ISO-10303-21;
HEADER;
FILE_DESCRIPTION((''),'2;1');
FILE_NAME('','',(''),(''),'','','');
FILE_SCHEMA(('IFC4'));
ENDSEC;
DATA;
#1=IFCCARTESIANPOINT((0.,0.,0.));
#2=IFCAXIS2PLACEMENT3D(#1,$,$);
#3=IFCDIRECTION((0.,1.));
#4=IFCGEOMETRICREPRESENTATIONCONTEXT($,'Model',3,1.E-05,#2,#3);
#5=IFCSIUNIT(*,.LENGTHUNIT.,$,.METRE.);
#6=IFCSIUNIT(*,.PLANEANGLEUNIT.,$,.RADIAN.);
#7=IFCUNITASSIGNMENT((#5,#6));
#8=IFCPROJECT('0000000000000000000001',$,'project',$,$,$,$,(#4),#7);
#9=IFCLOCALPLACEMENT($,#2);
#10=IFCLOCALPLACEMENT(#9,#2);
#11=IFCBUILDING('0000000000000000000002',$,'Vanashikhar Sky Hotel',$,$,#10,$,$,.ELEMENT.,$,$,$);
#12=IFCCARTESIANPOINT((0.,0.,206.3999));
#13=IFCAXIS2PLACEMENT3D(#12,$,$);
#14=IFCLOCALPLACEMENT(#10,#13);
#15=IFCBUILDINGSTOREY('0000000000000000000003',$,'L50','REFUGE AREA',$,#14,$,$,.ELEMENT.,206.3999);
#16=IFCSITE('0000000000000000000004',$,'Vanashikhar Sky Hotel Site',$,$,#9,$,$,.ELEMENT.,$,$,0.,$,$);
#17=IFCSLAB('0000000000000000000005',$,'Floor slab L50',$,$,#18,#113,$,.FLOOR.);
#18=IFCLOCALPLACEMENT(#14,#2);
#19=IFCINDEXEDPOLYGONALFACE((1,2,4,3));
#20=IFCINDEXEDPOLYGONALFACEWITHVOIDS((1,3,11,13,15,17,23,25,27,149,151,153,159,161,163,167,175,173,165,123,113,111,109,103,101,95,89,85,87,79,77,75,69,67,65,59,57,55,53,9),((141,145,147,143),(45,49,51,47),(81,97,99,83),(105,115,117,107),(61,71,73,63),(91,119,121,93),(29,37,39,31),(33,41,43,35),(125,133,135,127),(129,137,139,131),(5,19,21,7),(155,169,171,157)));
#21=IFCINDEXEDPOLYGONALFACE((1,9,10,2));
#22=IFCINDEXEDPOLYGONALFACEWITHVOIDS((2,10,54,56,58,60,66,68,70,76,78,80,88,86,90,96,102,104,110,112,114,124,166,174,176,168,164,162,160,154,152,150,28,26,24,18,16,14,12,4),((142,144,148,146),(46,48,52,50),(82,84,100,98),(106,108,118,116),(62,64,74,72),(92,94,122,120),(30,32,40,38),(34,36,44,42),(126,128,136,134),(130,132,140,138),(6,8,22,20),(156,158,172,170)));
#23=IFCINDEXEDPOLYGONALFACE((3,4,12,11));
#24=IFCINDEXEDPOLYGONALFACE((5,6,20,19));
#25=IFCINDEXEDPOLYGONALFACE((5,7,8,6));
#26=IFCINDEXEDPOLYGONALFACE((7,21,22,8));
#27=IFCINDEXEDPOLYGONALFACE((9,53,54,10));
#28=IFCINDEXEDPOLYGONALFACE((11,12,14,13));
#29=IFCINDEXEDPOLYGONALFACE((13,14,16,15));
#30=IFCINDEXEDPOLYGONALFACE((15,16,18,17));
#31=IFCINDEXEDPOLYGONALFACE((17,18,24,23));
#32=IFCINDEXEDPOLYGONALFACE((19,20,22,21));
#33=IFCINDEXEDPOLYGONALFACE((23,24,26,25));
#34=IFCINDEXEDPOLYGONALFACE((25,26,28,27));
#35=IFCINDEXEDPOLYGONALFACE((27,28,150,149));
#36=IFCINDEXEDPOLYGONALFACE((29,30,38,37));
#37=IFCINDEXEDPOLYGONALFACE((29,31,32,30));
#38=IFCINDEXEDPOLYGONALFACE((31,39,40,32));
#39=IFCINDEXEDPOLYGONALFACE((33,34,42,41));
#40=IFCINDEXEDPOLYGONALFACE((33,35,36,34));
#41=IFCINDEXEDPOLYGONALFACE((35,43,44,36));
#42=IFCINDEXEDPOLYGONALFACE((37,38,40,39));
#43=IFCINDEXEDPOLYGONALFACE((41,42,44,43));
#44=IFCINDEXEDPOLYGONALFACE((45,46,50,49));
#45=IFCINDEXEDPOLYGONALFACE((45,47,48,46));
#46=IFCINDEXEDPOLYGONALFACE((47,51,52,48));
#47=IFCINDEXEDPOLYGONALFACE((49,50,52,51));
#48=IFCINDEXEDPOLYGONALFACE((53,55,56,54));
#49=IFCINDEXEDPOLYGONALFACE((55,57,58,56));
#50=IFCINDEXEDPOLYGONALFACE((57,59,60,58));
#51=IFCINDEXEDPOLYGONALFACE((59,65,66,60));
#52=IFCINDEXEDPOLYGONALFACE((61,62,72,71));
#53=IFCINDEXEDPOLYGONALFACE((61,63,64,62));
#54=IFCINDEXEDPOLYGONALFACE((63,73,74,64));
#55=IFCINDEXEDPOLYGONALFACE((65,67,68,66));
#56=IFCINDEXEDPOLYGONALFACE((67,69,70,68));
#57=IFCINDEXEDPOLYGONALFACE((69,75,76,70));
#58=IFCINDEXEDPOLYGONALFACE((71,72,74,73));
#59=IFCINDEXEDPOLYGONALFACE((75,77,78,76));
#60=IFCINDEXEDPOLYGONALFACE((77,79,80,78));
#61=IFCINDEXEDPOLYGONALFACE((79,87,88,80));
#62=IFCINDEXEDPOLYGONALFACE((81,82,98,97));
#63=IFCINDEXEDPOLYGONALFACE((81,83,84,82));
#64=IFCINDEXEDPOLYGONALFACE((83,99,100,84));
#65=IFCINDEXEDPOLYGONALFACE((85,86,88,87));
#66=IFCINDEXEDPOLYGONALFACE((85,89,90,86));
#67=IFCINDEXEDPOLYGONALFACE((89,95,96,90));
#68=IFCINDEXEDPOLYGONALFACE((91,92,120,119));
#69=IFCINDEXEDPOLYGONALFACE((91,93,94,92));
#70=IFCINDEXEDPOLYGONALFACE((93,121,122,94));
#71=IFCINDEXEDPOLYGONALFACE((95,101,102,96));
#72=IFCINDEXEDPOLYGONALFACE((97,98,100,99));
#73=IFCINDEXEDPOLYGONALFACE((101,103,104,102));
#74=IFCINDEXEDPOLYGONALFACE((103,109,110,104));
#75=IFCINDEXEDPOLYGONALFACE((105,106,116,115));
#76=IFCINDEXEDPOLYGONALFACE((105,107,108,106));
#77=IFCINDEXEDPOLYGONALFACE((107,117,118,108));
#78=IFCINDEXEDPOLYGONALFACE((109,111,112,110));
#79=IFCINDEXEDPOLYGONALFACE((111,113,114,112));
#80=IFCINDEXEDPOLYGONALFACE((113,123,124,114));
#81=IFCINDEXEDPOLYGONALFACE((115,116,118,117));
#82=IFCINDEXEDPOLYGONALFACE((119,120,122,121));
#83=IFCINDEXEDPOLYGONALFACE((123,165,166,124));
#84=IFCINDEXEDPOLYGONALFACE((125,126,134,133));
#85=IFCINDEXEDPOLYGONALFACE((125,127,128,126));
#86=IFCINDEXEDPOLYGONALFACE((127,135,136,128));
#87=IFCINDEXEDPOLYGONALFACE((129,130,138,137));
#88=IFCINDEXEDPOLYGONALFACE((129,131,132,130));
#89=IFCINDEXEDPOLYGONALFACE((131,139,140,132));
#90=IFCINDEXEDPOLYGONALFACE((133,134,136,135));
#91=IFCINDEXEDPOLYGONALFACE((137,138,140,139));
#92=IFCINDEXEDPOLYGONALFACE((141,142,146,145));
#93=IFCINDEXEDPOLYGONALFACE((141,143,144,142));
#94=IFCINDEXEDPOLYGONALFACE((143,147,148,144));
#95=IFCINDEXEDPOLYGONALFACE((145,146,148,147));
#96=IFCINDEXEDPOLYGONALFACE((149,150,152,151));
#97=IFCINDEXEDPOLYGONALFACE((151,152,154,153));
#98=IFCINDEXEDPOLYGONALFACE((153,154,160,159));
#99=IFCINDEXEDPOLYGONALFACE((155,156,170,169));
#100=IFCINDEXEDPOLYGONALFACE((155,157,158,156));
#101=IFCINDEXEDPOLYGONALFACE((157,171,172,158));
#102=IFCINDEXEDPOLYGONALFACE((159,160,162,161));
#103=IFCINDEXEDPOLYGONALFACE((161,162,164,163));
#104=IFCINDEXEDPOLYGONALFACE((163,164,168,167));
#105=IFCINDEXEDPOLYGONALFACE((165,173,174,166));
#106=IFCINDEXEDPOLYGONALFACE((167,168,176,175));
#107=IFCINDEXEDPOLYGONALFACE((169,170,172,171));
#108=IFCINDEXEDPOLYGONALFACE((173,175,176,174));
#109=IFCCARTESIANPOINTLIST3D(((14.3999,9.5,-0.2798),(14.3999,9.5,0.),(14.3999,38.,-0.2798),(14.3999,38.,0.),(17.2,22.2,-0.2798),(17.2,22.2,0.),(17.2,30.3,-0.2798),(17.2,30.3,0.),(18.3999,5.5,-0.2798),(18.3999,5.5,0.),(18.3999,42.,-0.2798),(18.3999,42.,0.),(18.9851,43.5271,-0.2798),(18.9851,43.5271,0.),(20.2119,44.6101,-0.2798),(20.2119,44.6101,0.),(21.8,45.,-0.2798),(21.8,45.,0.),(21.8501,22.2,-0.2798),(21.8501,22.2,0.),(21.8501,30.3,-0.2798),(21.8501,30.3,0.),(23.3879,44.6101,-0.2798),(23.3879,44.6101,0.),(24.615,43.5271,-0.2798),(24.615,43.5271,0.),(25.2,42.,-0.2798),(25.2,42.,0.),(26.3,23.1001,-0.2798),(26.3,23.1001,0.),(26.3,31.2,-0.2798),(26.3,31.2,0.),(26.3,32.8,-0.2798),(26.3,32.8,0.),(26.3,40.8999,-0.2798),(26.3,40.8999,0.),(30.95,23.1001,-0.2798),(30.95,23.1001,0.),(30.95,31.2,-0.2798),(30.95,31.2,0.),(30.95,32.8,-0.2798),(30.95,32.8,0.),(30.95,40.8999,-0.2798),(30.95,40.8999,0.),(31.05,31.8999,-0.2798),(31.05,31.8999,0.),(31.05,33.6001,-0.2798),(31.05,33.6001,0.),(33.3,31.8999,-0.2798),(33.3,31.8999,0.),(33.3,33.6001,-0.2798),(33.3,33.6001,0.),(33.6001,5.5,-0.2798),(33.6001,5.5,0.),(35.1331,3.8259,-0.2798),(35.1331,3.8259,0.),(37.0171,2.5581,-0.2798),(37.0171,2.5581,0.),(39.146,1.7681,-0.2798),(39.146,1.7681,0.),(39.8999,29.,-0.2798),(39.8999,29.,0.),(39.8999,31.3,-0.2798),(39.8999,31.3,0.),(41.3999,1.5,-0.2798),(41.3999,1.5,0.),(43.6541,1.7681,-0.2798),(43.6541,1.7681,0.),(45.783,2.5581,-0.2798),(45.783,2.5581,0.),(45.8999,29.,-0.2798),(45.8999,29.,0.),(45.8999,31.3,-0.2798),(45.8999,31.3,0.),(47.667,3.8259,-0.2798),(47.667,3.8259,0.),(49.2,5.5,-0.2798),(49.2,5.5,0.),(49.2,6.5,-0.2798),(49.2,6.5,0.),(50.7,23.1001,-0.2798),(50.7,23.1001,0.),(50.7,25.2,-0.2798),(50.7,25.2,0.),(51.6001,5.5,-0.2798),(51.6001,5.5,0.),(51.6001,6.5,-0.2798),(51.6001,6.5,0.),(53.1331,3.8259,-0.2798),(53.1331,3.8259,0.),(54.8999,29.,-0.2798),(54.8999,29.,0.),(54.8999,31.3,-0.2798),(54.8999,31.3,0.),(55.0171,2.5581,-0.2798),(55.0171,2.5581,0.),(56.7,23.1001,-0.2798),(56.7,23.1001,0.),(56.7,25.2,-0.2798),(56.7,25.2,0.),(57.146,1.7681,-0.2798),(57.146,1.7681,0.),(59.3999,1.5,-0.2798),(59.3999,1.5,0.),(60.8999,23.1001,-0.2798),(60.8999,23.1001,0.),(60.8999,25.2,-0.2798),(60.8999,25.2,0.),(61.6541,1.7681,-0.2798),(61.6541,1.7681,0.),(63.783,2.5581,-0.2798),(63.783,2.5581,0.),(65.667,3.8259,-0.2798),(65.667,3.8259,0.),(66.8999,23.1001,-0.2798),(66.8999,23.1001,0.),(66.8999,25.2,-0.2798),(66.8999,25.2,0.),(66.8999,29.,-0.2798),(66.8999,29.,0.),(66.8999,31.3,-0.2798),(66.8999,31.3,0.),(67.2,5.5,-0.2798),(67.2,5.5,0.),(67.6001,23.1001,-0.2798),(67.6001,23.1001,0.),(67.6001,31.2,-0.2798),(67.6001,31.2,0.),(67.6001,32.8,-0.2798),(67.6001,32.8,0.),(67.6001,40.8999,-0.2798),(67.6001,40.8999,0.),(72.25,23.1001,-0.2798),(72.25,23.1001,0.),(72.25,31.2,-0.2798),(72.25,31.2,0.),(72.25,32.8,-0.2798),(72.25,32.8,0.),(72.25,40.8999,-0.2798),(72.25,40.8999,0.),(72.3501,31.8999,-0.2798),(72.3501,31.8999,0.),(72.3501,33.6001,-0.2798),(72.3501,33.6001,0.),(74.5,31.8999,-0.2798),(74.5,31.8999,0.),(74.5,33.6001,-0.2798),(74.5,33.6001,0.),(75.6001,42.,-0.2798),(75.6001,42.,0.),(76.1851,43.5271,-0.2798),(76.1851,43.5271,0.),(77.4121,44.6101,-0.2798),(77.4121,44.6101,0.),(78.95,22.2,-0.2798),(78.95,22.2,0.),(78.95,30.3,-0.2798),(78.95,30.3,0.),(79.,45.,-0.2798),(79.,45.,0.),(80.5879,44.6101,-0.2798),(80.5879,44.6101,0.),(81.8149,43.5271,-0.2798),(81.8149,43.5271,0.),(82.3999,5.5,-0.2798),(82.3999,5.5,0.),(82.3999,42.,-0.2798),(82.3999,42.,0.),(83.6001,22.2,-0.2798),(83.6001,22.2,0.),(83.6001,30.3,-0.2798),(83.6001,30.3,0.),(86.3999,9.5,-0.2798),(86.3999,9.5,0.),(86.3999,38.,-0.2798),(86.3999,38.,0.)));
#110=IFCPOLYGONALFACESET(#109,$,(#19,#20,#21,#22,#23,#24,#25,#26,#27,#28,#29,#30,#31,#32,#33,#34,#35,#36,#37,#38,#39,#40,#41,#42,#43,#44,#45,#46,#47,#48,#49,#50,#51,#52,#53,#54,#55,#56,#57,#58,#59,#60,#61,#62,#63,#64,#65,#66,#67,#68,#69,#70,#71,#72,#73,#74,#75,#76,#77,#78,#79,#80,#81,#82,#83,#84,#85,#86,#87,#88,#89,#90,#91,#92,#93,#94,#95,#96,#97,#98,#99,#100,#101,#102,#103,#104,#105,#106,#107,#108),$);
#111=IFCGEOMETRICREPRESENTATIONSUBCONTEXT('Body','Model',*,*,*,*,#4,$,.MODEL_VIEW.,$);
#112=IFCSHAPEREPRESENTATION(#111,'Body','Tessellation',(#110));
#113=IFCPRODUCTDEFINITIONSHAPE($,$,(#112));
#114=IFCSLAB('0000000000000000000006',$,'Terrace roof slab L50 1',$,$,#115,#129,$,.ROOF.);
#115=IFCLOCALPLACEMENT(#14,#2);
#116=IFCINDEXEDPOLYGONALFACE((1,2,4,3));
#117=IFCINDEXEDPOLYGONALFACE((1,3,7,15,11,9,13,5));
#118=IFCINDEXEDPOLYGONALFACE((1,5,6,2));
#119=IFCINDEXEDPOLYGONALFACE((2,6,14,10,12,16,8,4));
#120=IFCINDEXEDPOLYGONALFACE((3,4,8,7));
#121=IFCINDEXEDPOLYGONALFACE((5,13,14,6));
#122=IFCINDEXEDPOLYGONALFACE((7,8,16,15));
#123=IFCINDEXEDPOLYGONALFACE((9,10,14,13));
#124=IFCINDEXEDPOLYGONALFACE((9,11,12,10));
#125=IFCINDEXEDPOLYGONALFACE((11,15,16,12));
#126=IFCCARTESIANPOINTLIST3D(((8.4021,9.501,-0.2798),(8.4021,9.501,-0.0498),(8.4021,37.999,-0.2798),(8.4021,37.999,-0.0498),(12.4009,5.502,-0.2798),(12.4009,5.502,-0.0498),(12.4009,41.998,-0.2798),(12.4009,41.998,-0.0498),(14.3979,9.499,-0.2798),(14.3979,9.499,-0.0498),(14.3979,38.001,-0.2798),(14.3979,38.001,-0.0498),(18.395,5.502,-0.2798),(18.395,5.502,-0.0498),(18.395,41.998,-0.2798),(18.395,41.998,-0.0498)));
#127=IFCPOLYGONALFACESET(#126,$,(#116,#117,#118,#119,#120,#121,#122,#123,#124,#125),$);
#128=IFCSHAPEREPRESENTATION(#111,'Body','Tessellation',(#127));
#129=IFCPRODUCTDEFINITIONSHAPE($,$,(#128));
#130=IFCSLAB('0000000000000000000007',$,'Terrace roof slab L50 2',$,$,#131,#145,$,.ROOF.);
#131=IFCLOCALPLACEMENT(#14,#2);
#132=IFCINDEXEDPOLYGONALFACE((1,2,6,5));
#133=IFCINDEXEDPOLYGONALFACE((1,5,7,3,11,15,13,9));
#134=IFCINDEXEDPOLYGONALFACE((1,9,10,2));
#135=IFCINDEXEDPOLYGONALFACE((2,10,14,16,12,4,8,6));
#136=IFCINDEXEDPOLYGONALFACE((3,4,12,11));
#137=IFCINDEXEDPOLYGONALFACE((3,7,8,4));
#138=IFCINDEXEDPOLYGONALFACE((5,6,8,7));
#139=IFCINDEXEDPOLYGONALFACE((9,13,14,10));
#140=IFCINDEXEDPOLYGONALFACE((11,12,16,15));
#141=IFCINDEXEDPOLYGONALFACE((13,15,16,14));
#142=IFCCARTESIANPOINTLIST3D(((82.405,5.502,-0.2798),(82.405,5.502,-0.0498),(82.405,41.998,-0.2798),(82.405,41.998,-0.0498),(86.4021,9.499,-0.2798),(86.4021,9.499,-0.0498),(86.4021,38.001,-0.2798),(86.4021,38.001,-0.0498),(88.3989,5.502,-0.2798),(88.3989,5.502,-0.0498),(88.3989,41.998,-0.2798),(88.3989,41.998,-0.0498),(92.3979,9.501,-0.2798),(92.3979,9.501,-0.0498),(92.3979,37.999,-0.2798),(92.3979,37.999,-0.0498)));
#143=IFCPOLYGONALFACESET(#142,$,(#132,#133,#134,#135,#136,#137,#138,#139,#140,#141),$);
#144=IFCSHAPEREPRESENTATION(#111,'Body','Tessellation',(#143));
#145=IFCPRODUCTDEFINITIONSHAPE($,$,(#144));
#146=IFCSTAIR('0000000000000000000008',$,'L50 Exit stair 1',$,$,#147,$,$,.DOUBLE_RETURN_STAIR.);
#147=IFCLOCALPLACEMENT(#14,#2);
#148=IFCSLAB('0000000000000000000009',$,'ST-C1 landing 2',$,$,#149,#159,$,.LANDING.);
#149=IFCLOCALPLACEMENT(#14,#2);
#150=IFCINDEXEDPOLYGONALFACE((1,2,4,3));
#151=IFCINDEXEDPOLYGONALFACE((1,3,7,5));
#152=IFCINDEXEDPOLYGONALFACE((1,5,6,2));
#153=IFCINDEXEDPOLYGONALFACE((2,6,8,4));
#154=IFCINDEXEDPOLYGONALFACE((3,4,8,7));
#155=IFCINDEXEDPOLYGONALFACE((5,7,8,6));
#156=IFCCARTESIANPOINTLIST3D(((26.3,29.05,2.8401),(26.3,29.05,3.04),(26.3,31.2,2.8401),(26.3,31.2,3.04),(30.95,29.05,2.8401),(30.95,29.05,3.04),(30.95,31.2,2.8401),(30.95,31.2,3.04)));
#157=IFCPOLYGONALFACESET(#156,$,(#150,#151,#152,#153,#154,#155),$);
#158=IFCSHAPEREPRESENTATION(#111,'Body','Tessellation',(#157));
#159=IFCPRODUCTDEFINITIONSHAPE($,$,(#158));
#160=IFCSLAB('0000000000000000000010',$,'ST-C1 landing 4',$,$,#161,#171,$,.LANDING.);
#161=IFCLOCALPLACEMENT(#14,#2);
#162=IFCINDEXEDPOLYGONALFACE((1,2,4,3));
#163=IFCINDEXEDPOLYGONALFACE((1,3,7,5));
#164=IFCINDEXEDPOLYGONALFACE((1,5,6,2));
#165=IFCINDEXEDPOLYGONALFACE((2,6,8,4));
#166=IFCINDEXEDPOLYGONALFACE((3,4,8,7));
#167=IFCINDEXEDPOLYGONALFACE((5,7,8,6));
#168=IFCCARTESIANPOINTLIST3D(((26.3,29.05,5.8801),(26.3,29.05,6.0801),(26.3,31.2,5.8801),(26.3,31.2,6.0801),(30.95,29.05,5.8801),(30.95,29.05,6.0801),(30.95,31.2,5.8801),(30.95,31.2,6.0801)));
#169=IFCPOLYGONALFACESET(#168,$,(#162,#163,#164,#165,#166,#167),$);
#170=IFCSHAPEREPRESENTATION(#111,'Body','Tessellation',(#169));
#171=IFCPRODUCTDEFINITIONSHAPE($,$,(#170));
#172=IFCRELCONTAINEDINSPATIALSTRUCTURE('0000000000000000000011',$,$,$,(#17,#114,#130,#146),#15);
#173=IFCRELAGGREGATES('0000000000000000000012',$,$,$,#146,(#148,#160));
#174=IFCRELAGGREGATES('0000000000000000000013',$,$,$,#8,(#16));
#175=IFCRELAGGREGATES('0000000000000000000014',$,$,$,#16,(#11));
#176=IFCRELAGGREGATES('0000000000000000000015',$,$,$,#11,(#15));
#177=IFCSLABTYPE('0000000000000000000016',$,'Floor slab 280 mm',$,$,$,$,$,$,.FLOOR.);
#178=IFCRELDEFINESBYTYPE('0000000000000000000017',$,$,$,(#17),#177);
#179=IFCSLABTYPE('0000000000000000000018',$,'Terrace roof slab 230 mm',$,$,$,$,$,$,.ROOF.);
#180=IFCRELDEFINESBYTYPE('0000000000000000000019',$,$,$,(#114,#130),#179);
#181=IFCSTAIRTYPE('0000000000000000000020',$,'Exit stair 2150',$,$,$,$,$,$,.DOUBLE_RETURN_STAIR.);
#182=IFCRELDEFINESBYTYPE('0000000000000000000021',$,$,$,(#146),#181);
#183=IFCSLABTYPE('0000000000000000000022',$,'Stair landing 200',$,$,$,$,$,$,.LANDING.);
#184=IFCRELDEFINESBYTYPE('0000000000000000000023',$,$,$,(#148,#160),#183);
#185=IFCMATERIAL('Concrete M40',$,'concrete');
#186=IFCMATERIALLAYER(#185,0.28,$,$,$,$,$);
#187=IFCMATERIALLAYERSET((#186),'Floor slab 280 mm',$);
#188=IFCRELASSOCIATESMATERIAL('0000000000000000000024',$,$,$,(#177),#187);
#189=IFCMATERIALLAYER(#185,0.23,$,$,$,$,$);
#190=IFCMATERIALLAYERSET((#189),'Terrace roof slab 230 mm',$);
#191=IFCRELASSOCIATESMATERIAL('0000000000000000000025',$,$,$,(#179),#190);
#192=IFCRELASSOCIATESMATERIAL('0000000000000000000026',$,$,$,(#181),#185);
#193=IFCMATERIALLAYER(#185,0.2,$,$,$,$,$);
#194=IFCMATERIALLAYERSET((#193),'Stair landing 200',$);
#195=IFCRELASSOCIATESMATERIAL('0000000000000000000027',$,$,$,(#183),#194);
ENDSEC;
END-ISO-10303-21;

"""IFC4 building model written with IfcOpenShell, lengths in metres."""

from ifc_helpers import new_model, si_unit, direction, frame, origin, place, context, subcontext, project, spatial, polyline, outline, extrude, source, transform, mapped, material, layer, layer_set, type_object, element, aggregate, save


model = new_model("IFC4")

# Units and contexts
model_context = context("Model", 3, precision=1e-05, world=origin(), true_north=direction((0.0, 1.0)))
body_context = subcontext(model_context, "Body", "Model", "MODEL_VIEW")
ifc_project = project(units=[si_unit("LENGTHUNIT", "METRE"), si_unit("PLANEANGLEUNIT", "RADIAN")], contexts=[model_context])

# Site, building, storey
site_placement = place(None, origin())
site = spatial("IfcSite", under=ifc_project, at=site_placement, Name="Vanashikhar Sky Hotel Site", CompositionType="ELEMENT", RefElevation=0.0)
building_placement = place(site_placement, origin())
building = spatial("IfcBuilding", under=site, at=building_placement, Name="Vanashikhar Sky Hotel", CompositionType="ELEMENT")
storey_placement = place(building_placement, frame((0.0, 0.0, 206.3999)))
storey = spatial("IfcBuildingStorey", under=building, at=storey_placement, Name="L50", Description="REFUGE AREA", CompositionType="ELEMENT", Elevation=206.3999)

# Slabs
ifc_material_1 = material(Name="Concrete M40", Category="concrete")
ifc_layer_1 = layer(ifc_material_1, 0.28)
ifc_layer_set_1 = layer_set([ifc_layer_1], Name="Floor slab 280 mm")
slab_type_1 = type_object("IfcSlabType", Name="Floor slab 280 mm", PredefinedType="FLOOR", material=ifc_layer_set_1)
shared_shape_1 = source(origin(), body_context, "Body", "SweptSolid", [
    extrude(outline(polyline([(49.2, 5.5), (49.2, 6.5), (51.6001, 6.5), (51.6001, 5.5), (53.1331, 3.8259), (55.0171, 2.5581), (57.146, 1.7681), (59.3999, 1.5), (61.6541, 1.7681), (63.783, 2.5581), (65.667, 3.8259), (67.2, 5.5), (82.3999, 5.5), (86.3999, 9.5), (86.3999, 38.0), (82.3999, 42.0), (81.8149, 43.5271), (80.5879, 44.6101), (79.0, 45.0), (77.4121, 44.6101), (76.1851, 43.5271), (75.6001, 42.0), (25.2, 42.0), (24.615, 43.5271), (23.3879, 44.6101), (21.8, 45.0), (20.2119, 44.6101), (18.9851, 43.5271), (18.3999, 42.0), (14.3999, 38.0), (14.3999, 9.5), (18.3999, 5.5), (33.6001, 5.5), (35.1331, 3.8259), (37.0171, 2.5581), (39.146, 1.7681), (41.3999, 1.5), (43.6541, 1.7681), (45.783, 2.5581), (47.667, 3.8259), (49.2, 5.5)]), holes=[polyline([(33.3, 33.6001), (31.05, 33.6001), (31.05, 31.8999), (33.3, 31.8999), (33.3, 33.6001)]), polyline([(39.8999, 31.3), (39.8999, 29.0), (45.8999, 29.0), (45.8999, 31.3), (39.8999, 31.3)]), polyline([(50.7, 25.2), (50.7, 23.1001), (56.7, 23.1001), (56.7, 25.2), (50.7, 25.2)]), polyline([(66.8999, 29.0), (66.8999, 31.3), (54.8999, 31.3), (54.8999, 29.0), (66.8999, 29.0)]), polyline([(60.8999, 25.2), (60.8999, 23.1001), (66.8999, 23.1001), (66.8999, 25.2), (60.8999, 25.2)]), polyline([(74.5, 33.6001), (72.3501, 33.6001), (72.3501, 31.8999), (74.5, 31.8999), (74.5, 33.6001)]), polyline([(30.95, 23.1001), (30.95, 31.2), (26.3, 31.2), (26.3, 23.1001), (30.95, 23.1001)]), polyline([(72.25, 23.1001), (72.25, 31.2), (67.6001, 31.2), (67.6001, 23.1001), (72.25, 23.1001)]), polyline([(30.95, 32.8), (30.95, 40.8999), (26.3, 40.8999), (26.3, 32.8), (30.95, 32.8)]), polyline([(72.25, 32.8), (72.25, 40.8999), (67.6001, 40.8999), (67.6001, 32.8), (72.25, 32.8)]), polyline([(83.6001, 22.2), (83.6001, 30.3), (78.95, 30.3), (78.95, 22.2), (83.6001, 22.2)]), polyline([(21.8501, 22.2), (21.8501, 30.3), (17.2, 30.3), (17.2, 22.2), (21.8501, 22.2)])]), origin(), (0.0, 0.0, 1.0), 0.2798),
])
slab_1_placement = place(storey_placement, frame((0.0, 0.0, -0.2798)))
element("IfcSlab", 1, at=slab_1_placement, inside=storey, type_object=slab_type_1, Name="Floor slab L50", PredefinedType="FLOOR", context=body_context, shape_type="MappedRepresentation", body=[
    mapped(shared_shape_1, transform((0.0, 0.0, 0.0), scale=1.0)),
])
ifc_layer_2 = layer(ifc_material_1, 0.23)
ifc_layer_set_2 = layer_set([ifc_layer_2], Name="Terrace roof slab 230 mm")
slab_type_2 = type_object("IfcSlabType", Name="Terrace roof slab 230 mm", PredefinedType="ROOF", material=ifc_layer_set_2)
shared_shape_2 = source(origin(), body_context, "Body", "SweptSolid", [
    extrude(outline(polyline([(18.395, 5.502), (14.3979, 9.499), (14.3979, 38.001), (18.395, 41.998), (12.4009, 41.998), (8.4021, 37.999), (8.4021, 9.501), (12.4009, 5.502), (18.395, 5.502)])), origin(), (0.0, 0.0, 1.0), 0.23),
])
slab_2_placement = place(storey_placement, frame((0.0, 0.0, -0.2798)))
element("IfcSlab", 2, at=slab_2_placement, inside=storey, type_object=slab_type_2, Name="Terrace roof slab L50 1", PredefinedType="ROOF", context=body_context, shape_type="MappedRepresentation", body=[
    mapped(shared_shape_2, transform((0.0, 0.0, 0.0), scale=1.0)),
])
shared_shape_3 = source(origin(), body_context, "Body", "SweptSolid", [
    extrude(outline(polyline([(82.405, 41.998), (86.4021, 38.001), (86.4021, 9.499), (82.405, 5.502), (88.3989, 5.502), (92.3979, 9.501), (92.3979, 37.999), (88.3989, 41.998), (82.405, 41.998)])), origin(), (0.0, 0.0, 1.0), 0.23),
])
slab_3_placement = place(storey_placement, frame((0.0, 0.0, -0.2798)))
element("IfcSlab", 3, at=slab_3_placement, inside=storey, type_object=slab_type_2, Name="Terrace roof slab L50 2", PredefinedType="ROOF", context=body_context, shape_type="MappedRepresentation", body=[
    mapped(shared_shape_3, transform((0.0, 0.0, 0.0), scale=1.0)),
])

# Stair, slabs
stair_type = type_object("IfcStairType", Name="Exit stair 2150", PredefinedType="DOUBLE_RETURN_STAIR", material=ifc_material_1)
stair_1_placement = place(storey_placement, origin())
stair_1 = element("IfcStair", 4, at=stair_1_placement, inside=storey, type_object=stair_type, Name="L50 Exit stair 1", PredefinedType="DOUBLE_RETURN_STAIR")
ifc_layer_3 = layer(ifc_material_1, 0.2)
ifc_layer_set_3 = layer_set([ifc_layer_3], Name="Stair landing 200")
slab_type_3 = type_object("IfcSlabType", Name="Stair landing 200", PredefinedType="LANDING", material=ifc_layer_set_3)
shared_shape_4 = source(origin(), body_context, "Body", "SweptSolid", [
    extrude(outline(polyline([(30.95, 29.05), (30.95, 31.2), (26.3, 31.2), (26.3, 29.05), (30.95, 29.05)])), origin(), (0.0, 0.0, 1.0), 0.2),
])
slab_4_placement = place(storey_placement, frame((0.0, 0.0, 2.8401)))
slab_4 = element("IfcSlab", 5, at=slab_4_placement, type_object=slab_type_3, Name="ST-C1 landing 2", PredefinedType="LANDING", context=body_context, shape_type="MappedRepresentation", body=[
    mapped(shared_shape_4, transform((0.0, 0.0, 0.0), scale=1.0)),
])
slab_5_placement = place(storey_placement, frame((0.0, 0.0, 5.8801)))
slab_5 = element("IfcSlab", 6, at=slab_5_placement, type_object=slab_type_3, Name="ST-C1 landing 4", PredefinedType="LANDING", context=body_context, shape_type="MappedRepresentation", body=[
    mapped(shared_shape_4, transform((0.0, 0.0, 0.0), scale=1.0)),
])
aggregate(stair_1, [slab_4, slab_5])

save(model, "model.ifc")
